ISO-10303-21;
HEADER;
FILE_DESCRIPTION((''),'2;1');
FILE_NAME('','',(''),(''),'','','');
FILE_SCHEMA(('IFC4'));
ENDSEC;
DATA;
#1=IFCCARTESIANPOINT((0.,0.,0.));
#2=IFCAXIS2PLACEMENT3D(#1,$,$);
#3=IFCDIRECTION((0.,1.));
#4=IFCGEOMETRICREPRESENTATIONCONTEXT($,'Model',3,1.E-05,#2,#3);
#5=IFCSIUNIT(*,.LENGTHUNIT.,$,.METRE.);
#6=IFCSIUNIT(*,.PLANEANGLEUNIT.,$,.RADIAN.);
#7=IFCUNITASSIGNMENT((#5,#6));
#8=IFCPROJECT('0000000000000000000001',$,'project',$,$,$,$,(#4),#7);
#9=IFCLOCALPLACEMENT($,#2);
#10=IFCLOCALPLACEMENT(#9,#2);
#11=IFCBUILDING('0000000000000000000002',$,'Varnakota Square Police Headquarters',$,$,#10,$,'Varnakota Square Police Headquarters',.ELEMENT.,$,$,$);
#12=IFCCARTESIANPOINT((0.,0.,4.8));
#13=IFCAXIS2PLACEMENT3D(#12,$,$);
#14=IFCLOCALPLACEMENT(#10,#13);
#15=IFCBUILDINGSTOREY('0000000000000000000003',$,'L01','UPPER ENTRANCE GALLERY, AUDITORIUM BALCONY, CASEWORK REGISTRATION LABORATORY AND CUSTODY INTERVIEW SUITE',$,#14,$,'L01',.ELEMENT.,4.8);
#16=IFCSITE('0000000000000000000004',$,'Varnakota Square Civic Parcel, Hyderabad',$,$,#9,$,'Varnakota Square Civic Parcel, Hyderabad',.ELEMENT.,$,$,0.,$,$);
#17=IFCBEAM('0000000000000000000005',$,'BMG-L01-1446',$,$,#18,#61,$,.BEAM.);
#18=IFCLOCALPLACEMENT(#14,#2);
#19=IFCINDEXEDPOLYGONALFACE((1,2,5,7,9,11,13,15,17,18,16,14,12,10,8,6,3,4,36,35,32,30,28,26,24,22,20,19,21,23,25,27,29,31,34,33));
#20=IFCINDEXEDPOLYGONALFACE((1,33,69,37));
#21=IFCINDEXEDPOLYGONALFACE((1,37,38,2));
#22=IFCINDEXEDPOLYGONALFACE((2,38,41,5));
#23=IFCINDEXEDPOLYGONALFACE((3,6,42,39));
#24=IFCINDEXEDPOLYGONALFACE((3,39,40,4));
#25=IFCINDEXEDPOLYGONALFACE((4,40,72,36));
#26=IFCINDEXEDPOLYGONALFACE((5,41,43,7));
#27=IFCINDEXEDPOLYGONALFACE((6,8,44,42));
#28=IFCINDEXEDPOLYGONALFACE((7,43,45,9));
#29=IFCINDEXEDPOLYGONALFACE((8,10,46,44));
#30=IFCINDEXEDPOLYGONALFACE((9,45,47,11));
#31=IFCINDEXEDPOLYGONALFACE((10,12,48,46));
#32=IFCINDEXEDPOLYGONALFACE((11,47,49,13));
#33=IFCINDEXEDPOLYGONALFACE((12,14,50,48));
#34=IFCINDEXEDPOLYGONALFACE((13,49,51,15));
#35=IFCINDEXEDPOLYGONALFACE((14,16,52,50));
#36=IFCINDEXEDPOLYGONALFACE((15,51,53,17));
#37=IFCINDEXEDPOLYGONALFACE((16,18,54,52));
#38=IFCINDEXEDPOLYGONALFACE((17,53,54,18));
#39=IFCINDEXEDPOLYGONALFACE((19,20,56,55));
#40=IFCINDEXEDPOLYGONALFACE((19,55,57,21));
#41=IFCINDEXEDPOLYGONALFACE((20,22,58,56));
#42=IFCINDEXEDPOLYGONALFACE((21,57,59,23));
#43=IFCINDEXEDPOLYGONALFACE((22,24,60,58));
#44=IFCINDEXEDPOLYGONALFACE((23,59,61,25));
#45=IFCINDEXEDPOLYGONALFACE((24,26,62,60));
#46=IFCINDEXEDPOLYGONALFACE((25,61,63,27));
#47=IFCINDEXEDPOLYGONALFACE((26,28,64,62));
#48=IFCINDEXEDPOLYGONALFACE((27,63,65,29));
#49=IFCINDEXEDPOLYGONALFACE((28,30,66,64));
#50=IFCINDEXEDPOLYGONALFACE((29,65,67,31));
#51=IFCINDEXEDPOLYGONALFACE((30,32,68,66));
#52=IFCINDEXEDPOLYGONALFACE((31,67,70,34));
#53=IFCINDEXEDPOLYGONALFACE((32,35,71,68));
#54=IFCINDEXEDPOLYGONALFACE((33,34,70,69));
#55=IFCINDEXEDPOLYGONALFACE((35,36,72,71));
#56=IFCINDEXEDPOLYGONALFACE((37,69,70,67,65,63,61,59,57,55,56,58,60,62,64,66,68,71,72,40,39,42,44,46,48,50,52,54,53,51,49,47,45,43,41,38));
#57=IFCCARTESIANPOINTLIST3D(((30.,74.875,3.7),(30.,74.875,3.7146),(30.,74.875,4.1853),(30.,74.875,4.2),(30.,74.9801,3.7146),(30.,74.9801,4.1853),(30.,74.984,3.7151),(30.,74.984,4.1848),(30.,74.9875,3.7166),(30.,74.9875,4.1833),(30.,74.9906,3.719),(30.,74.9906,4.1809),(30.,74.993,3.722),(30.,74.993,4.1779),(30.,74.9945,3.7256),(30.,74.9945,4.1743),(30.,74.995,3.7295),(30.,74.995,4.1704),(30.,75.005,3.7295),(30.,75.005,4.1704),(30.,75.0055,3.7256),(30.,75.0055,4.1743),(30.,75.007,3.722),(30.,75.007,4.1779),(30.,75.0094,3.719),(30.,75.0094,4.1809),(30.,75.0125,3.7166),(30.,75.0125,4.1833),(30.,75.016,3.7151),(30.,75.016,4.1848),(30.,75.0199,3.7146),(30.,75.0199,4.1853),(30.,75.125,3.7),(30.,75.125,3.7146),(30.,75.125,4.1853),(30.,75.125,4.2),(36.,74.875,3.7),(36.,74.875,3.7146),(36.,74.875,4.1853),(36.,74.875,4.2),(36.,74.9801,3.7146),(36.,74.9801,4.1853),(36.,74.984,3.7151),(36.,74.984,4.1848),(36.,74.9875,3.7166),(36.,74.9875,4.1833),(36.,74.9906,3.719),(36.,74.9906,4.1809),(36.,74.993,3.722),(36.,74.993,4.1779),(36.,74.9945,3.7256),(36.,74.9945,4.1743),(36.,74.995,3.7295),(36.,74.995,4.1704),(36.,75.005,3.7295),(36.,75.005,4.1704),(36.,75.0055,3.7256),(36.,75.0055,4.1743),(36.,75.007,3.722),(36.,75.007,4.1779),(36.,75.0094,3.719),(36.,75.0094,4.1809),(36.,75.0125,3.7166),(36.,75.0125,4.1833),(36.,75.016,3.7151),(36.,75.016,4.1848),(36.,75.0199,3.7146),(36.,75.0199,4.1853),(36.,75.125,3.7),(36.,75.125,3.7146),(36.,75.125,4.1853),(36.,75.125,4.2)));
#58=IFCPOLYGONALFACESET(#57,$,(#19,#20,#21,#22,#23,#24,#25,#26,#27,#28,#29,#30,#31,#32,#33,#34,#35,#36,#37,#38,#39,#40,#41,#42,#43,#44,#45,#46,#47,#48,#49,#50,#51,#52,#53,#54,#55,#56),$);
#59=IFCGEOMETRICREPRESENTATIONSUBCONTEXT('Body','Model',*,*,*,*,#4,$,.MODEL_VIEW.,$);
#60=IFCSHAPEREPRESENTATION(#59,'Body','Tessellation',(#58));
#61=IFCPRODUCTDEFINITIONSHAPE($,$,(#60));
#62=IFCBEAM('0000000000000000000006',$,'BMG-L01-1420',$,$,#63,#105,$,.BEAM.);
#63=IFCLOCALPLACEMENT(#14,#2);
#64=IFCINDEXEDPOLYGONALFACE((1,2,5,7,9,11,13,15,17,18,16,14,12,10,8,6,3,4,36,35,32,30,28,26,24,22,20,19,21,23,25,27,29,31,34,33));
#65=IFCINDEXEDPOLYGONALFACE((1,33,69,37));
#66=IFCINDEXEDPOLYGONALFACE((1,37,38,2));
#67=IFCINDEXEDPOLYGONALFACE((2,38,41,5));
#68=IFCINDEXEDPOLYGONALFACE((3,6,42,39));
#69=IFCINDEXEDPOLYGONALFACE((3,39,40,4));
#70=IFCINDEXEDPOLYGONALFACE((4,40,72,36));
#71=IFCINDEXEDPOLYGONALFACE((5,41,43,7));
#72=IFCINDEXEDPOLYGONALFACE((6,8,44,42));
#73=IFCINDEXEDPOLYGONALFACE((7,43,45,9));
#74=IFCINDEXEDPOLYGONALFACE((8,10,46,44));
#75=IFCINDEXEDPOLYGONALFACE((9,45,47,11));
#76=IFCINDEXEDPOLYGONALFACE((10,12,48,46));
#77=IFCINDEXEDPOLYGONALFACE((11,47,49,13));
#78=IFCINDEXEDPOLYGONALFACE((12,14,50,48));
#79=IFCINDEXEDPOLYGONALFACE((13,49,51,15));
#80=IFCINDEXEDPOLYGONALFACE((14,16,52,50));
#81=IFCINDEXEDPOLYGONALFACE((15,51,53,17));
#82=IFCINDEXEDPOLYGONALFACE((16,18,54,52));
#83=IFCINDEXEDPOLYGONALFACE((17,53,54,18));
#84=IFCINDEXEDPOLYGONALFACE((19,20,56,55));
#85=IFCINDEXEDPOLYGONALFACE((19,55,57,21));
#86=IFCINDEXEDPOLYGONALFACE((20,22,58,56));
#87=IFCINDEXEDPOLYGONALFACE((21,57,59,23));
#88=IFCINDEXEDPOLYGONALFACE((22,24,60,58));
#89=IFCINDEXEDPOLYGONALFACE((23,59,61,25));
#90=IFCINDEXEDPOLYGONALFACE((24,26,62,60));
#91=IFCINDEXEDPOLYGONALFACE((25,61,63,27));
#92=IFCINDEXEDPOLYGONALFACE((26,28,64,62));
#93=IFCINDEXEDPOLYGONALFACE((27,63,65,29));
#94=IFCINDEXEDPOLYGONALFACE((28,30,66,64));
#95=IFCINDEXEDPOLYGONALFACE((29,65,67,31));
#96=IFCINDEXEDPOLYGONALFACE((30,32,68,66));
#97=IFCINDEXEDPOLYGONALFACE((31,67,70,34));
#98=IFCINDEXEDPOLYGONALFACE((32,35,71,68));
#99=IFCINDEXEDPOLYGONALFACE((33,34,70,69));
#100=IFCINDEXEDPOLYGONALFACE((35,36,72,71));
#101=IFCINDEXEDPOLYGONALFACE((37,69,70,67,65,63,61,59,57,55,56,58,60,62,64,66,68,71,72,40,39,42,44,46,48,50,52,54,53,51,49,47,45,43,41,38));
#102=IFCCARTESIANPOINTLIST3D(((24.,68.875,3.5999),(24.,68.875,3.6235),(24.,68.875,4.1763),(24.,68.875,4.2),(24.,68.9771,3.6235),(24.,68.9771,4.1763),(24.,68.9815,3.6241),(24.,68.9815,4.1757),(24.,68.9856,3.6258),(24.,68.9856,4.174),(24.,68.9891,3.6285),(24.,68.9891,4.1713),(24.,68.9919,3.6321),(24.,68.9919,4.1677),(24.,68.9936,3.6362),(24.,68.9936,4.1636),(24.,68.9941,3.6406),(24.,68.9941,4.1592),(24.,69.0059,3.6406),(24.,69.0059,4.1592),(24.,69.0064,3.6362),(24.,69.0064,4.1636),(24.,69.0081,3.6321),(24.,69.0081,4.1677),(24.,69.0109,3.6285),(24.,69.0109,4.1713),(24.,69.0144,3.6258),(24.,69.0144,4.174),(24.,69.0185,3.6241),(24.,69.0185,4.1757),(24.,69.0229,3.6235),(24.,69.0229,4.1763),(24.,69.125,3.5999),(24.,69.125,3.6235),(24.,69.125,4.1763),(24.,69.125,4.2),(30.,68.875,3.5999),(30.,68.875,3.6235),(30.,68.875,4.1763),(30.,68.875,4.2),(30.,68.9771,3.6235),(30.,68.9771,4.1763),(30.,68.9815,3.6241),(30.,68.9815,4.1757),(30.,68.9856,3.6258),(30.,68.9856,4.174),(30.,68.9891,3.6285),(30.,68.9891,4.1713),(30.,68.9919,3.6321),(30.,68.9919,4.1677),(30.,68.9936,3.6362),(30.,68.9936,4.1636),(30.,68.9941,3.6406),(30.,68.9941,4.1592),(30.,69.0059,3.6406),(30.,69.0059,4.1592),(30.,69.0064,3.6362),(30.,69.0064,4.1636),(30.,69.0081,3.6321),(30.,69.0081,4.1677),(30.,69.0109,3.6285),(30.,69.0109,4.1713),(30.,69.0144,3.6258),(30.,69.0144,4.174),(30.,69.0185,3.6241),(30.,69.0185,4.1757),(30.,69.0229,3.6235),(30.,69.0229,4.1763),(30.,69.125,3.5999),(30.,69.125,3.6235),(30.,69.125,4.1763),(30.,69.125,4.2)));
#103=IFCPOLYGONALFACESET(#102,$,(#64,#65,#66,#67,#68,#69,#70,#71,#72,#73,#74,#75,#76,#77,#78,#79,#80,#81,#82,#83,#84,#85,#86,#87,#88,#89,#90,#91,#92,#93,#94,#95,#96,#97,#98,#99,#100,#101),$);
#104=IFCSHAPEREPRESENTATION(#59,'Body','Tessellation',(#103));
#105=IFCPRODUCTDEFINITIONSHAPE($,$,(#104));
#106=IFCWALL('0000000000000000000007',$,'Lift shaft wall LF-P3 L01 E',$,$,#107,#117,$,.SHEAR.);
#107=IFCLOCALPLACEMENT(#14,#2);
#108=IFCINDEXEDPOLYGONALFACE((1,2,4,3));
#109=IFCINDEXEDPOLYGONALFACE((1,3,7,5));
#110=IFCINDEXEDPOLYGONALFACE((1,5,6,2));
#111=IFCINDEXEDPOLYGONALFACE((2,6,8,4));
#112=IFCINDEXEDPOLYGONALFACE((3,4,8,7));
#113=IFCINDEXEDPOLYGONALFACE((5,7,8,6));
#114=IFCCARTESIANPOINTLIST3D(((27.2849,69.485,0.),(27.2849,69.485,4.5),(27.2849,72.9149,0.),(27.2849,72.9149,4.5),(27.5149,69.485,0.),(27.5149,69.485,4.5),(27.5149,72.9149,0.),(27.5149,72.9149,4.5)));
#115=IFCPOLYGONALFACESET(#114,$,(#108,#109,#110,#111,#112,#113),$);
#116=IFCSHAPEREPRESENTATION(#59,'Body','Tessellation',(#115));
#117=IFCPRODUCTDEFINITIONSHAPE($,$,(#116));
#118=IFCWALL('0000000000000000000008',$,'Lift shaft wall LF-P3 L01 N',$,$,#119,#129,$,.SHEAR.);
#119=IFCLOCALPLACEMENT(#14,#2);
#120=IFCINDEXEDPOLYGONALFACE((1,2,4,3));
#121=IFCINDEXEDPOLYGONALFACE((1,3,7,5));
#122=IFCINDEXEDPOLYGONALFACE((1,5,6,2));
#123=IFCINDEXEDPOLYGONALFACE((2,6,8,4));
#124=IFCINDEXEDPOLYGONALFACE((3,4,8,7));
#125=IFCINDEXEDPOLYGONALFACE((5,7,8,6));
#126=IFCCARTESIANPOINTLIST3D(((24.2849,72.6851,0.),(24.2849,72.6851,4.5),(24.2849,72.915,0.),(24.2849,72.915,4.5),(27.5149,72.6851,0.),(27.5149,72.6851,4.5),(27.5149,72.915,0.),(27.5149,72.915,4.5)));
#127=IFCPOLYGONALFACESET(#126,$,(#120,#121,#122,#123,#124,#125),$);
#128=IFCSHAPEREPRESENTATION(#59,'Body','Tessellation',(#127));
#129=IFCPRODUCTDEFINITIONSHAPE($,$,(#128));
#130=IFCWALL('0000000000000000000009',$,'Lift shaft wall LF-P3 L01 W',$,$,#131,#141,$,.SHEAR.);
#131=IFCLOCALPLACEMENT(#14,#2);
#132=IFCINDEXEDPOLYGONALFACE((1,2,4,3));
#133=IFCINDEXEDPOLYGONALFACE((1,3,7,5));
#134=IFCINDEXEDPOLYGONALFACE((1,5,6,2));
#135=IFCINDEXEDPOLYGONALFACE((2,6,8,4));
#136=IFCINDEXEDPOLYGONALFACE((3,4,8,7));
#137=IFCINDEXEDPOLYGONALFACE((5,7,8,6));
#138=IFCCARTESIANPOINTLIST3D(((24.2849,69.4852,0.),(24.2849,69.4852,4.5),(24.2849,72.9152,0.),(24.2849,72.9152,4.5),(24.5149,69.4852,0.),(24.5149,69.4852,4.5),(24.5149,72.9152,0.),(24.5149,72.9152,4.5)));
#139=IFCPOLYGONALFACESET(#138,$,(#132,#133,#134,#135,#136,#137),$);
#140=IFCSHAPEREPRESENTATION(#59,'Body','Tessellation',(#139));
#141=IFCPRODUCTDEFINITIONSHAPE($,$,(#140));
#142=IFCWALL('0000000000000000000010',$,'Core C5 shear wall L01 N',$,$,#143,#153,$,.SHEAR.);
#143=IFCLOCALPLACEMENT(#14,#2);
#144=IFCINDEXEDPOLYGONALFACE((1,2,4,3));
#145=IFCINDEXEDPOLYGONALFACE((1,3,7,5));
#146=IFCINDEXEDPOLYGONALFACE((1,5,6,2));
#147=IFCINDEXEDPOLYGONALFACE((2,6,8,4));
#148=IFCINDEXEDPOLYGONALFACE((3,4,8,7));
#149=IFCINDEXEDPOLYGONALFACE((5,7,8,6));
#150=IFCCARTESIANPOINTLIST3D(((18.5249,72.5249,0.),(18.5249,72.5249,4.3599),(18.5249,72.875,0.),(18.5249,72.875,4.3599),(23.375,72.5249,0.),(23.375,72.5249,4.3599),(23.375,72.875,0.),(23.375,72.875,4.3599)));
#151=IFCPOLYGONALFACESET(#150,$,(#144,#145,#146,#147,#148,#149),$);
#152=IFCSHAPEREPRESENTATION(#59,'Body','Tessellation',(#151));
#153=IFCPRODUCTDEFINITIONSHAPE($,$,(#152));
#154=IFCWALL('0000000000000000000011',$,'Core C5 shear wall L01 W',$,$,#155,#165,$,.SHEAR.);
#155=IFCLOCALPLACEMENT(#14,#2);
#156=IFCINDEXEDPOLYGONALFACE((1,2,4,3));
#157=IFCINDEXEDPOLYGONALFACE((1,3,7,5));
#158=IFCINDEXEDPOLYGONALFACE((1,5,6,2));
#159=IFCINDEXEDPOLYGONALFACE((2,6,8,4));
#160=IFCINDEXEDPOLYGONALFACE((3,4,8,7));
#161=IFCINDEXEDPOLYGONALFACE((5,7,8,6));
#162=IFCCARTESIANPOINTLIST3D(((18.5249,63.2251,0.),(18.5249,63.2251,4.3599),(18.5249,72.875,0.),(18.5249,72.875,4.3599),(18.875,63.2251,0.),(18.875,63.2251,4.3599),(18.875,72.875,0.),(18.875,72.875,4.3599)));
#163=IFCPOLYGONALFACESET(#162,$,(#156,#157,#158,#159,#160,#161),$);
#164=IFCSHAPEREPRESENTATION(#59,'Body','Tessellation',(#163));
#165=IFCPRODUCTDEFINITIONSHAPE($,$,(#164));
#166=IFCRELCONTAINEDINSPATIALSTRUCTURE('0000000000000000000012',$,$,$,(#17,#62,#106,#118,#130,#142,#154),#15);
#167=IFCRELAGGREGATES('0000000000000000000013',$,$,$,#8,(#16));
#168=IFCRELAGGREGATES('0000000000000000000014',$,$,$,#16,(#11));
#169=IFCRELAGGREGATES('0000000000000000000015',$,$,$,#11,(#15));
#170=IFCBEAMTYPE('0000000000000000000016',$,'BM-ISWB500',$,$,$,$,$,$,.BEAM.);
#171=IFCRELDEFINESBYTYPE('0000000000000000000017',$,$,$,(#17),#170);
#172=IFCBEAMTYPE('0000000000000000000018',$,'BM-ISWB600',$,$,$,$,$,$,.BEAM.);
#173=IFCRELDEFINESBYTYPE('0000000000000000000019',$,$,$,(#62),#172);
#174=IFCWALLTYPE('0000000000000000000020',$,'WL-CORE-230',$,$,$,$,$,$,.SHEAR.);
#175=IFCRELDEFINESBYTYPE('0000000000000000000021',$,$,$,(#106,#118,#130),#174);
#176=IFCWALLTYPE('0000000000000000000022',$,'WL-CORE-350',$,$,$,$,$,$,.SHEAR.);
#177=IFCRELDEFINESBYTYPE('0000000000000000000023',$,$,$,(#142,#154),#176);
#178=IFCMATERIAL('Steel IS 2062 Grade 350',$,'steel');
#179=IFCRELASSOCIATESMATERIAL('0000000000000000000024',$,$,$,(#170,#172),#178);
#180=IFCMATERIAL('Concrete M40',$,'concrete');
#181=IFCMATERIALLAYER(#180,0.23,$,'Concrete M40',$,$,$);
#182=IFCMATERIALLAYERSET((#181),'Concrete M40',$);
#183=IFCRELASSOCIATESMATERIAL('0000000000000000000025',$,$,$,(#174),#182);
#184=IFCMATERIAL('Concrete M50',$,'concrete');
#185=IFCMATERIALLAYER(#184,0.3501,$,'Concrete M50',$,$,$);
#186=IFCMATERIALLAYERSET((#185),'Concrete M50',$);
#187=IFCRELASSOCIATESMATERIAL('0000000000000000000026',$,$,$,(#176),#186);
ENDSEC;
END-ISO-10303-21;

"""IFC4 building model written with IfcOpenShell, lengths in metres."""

from ifc_helpers import new_model, si_unit, direction, frame, frame_2d, origin, origin_2d, place, context, subcontext, project, spatial, rectangle, i_section, extrude, material, layer, layer_set, material_profile, profile_set, type_object, element, save


model = new_model("IFC4")

# Units and contexts
model_context = context("Model", 3, precision=1e-05, world=origin(), true_north=direction((0.0, 1.0)))
body_context = subcontext(model_context, "Body", "Model", "MODEL_VIEW")
ifc_project = project(units=[si_unit("LENGTHUNIT", "METRE"), si_unit("PLANEANGLEUNIT", "RADIAN")], contexts=[model_context])

# Site, building, storey
site_placement = place(None, origin())
site = spatial("IfcSite", under=ifc_project, at=site_placement, Name="Varnakota Square Civic Parcel, Hyderabad", LongName="Varnakota Square Civic Parcel, Hyderabad", CompositionType="ELEMENT", RefElevation=0.0)
building_placement = place(site_placement, origin())
building = spatial("IfcBuilding", under=site, at=building_placement, Name="Varnakota Square Police Headquarters", LongName="Varnakota Square Police Headquarters", CompositionType="ELEMENT")
storey_placement = place(building_placement, frame((0.0, 0.0, 4.8)))
storey = spatial("IfcBuildingStorey", under=building, at=storey_placement, Name="L01", Description="UPPER ENTRANCE GALLERY, AUDITORIUM BALCONY, CASEWORK REGISTRATION LABORATORY AND CUSTODY INTERVIEW SUITE", LongName="L01", CompositionType="ELEMENT", Elevation=4.8)

# Shared definitions
ifc_material_1 = material(Name="Steel IS 2062 Grade 350", Category="steel")

# Beams
ifc_material_profile_1 = material_profile(ifc_material_1, i_section(OverallWidth=0.25, OverallDepth=0.5, WebThickness=0.01, FlangeThickness=0.0146, FilletRadius=0.0149, at=origin_2d()), Name="ISWB 500")
ifc_profile_set_1 = profile_set([ifc_material_profile_1], Name="Steel IS 2062 Grade 350")
beam_type_1 = type_object("IfcBeamType", Name="BM-ISWB500", PredefinedType="BEAM", material=ifc_profile_set_1)
for number, where, z_axis, x_axis, name in (
    (1, (30.0, 75.0, 3.95), (1.0, 0.0, 0.0), (0.0, 1.0, 0.0), "BMG-L01-1446"),
):
    element("IfcBeam", number, at=place(storey_placement, frame(where, z_axis=z_axis, x_axis=x_axis)), inside=storey, type_object=beam_type_1, Name=name, PredefinedType="BEAM", context=body_context, shape_type="SweptSolid", body=[
        extrude(i_section(OverallWidth=0.25, OverallDepth=0.5, WebThickness=0.01, FlangeThickness=0.0146, FilletRadius=0.0149, at=origin_2d()), origin(), (0.0, 0.0, 1.0), 6.0),
    ])
ifc_material_profile_2 = material_profile(ifc_material_1, i_section(OverallWidth=0.25, OverallDepth=0.6001, WebThickness=0.0117, FlangeThickness=0.0237, FilletRadius=0.0171, at=origin_2d()), Name="ISWB 600")
ifc_profile_set_2 = profile_set([ifc_material_profile_2], Name="Steel IS 2062 Grade 350")
beam_type_2 = type_object("IfcBeamType", Name="BM-ISWB600", PredefinedType="BEAM", material=ifc_profile_set_2)
beam_1_placement = place(storey_placement, frame((24.0, 69.0, 3.8999), z_axis=(1.0, 0.0, 0.0), x_axis=(0.0, 1.0, 0.0)))
element("IfcBeam", 2, at=beam_1_placement, inside=storey, type_object=beam_type_2, Name="BMG-L01-1420", PredefinedType="BEAM", context=body_context, shape_type="SweptSolid", body=[
    extrude(i_section(OverallWidth=0.25, OverallDepth=0.6001, WebThickness=0.0117, FlangeThickness=0.0237, FilletRadius=0.0171, at=origin_2d()), origin(), (0.0, 0.0, 1.0), 6.0),
])

# Shared definitions
ifc_material_2 = material(Name="Concrete M40", Category="concrete")
ifc_layer_1 = layer(ifc_material_2, 0.23, Name="Concrete M40")
ifc_layer_set_1 = layer_set([ifc_layer_1], Name="Concrete M40")
wall_type_1 = type_object("IfcWallType", Name="WL-CORE-230", PredefinedType="SHEAR", material=ifc_layer_set_1)

# Walls
wall_1_placement = place(storey_placement, frame((27.3999, 69.4851, 0.0), z_axis=(0.0, 0.0, 1.0), x_axis=(0.0, 1.0, 0.0)))
element("IfcWall", 3, at=wall_1_placement, inside=storey, type_object=wall_type_1, Name="Lift shaft wall LF-P3 L01 E", PredefinedType="SHEAR", context=body_context, shape_type="SweptSolid", body=[
    extrude(rectangle(XDim=3.4299, YDim=0.23, at=frame_2d((1.7148, 0.0))), origin(), (0.0, 0.0, 1.0), 4.5),
])
wall_2_placement = place(storey_placement, frame((27.5149, 72.8, 0.0), z_axis=(0.0, 0.0, 1.0), x_axis=(-1.0, 0.0, 0.0)))
element("IfcWall", 4, at=wall_2_placement, inside=storey, type_object=wall_type_1, Name="Lift shaft wall LF-P3 L01 N", PredefinedType="SHEAR", context=body_context, shape_type="SweptSolid", body=[
    extrude(rectangle(XDim=3.23, YDim=0.23, at=frame_2d((1.615, 0.0))), origin(), (0.0, 0.0, 1.0), 4.5),
])
wall_3_placement = place(storey_placement, frame((24.3999, 72.915, 0.0), z_axis=(0.0, 0.0, 1.0), x_axis=(0.0, -1.0, 0.0)))
element("IfcWall", 5, at=wall_3_placement, inside=storey, type_object=wall_type_1, Name="Lift shaft wall LF-P3 L01 W", PredefinedType="SHEAR", context=body_context, shape_type="SweptSolid", body=[
    extrude(rectangle(XDim=3.4299, YDim=0.23, at=frame_2d((1.7148, 0.0))), origin(), (0.0, 0.0, 1.0), 4.5),
])
ifc_material_3 = material(Name="Concrete M50", Category="concrete")
ifc_layer_2 = layer(ifc_material_3, 0.3501, Name="Concrete M50")
ifc_layer_set_2 = layer_set([ifc_layer_2], Name="Concrete M50")
wall_type_2 = type_object("IfcWallType", Name="WL-CORE-350", PredefinedType="SHEAR", material=ifc_layer_set_2)
wall_4_placement = place(storey_placement, frame((23.375, 72.7, 0.0), z_axis=(0.0, 0.0, 1.0), x_axis=(-1.0, 0.0, 0.0)))
element("IfcWall", 6, at=wall_4_placement, inside=storey, type_object=wall_type_2, Name="Core C5 shear wall L01 N", PredefinedType="SHEAR", context=body_context, shape_type="SweptSolid", body=[
    extrude(rectangle(XDim=4.8501, YDim=0.3501, at=frame_2d((2.425, 0.0))), origin(), (0.0, 0.0, 1.0), 4.3599),
])
wall_5_placement = place(storey_placement, frame((18.7, 72.875, 0.0), z_axis=(0.0, 0.0, 1.0), x_axis=(0.0, -1.0, 0.0)))
element("IfcWall", 7, at=wall_5_placement, inside=storey, type_object=wall_type_2, Name="Core C5 shear wall L01 W", PredefinedType="SHEAR", context=body_context, shape_type="SweptSolid", body=[
    extrude(rectangle(XDim=9.6499, YDim=0.3501, at=frame_2d((4.825, 0.0))), origin(), (0.0, 0.0, 1.0), 4.3599),
])

save(model, "model.ifc")
